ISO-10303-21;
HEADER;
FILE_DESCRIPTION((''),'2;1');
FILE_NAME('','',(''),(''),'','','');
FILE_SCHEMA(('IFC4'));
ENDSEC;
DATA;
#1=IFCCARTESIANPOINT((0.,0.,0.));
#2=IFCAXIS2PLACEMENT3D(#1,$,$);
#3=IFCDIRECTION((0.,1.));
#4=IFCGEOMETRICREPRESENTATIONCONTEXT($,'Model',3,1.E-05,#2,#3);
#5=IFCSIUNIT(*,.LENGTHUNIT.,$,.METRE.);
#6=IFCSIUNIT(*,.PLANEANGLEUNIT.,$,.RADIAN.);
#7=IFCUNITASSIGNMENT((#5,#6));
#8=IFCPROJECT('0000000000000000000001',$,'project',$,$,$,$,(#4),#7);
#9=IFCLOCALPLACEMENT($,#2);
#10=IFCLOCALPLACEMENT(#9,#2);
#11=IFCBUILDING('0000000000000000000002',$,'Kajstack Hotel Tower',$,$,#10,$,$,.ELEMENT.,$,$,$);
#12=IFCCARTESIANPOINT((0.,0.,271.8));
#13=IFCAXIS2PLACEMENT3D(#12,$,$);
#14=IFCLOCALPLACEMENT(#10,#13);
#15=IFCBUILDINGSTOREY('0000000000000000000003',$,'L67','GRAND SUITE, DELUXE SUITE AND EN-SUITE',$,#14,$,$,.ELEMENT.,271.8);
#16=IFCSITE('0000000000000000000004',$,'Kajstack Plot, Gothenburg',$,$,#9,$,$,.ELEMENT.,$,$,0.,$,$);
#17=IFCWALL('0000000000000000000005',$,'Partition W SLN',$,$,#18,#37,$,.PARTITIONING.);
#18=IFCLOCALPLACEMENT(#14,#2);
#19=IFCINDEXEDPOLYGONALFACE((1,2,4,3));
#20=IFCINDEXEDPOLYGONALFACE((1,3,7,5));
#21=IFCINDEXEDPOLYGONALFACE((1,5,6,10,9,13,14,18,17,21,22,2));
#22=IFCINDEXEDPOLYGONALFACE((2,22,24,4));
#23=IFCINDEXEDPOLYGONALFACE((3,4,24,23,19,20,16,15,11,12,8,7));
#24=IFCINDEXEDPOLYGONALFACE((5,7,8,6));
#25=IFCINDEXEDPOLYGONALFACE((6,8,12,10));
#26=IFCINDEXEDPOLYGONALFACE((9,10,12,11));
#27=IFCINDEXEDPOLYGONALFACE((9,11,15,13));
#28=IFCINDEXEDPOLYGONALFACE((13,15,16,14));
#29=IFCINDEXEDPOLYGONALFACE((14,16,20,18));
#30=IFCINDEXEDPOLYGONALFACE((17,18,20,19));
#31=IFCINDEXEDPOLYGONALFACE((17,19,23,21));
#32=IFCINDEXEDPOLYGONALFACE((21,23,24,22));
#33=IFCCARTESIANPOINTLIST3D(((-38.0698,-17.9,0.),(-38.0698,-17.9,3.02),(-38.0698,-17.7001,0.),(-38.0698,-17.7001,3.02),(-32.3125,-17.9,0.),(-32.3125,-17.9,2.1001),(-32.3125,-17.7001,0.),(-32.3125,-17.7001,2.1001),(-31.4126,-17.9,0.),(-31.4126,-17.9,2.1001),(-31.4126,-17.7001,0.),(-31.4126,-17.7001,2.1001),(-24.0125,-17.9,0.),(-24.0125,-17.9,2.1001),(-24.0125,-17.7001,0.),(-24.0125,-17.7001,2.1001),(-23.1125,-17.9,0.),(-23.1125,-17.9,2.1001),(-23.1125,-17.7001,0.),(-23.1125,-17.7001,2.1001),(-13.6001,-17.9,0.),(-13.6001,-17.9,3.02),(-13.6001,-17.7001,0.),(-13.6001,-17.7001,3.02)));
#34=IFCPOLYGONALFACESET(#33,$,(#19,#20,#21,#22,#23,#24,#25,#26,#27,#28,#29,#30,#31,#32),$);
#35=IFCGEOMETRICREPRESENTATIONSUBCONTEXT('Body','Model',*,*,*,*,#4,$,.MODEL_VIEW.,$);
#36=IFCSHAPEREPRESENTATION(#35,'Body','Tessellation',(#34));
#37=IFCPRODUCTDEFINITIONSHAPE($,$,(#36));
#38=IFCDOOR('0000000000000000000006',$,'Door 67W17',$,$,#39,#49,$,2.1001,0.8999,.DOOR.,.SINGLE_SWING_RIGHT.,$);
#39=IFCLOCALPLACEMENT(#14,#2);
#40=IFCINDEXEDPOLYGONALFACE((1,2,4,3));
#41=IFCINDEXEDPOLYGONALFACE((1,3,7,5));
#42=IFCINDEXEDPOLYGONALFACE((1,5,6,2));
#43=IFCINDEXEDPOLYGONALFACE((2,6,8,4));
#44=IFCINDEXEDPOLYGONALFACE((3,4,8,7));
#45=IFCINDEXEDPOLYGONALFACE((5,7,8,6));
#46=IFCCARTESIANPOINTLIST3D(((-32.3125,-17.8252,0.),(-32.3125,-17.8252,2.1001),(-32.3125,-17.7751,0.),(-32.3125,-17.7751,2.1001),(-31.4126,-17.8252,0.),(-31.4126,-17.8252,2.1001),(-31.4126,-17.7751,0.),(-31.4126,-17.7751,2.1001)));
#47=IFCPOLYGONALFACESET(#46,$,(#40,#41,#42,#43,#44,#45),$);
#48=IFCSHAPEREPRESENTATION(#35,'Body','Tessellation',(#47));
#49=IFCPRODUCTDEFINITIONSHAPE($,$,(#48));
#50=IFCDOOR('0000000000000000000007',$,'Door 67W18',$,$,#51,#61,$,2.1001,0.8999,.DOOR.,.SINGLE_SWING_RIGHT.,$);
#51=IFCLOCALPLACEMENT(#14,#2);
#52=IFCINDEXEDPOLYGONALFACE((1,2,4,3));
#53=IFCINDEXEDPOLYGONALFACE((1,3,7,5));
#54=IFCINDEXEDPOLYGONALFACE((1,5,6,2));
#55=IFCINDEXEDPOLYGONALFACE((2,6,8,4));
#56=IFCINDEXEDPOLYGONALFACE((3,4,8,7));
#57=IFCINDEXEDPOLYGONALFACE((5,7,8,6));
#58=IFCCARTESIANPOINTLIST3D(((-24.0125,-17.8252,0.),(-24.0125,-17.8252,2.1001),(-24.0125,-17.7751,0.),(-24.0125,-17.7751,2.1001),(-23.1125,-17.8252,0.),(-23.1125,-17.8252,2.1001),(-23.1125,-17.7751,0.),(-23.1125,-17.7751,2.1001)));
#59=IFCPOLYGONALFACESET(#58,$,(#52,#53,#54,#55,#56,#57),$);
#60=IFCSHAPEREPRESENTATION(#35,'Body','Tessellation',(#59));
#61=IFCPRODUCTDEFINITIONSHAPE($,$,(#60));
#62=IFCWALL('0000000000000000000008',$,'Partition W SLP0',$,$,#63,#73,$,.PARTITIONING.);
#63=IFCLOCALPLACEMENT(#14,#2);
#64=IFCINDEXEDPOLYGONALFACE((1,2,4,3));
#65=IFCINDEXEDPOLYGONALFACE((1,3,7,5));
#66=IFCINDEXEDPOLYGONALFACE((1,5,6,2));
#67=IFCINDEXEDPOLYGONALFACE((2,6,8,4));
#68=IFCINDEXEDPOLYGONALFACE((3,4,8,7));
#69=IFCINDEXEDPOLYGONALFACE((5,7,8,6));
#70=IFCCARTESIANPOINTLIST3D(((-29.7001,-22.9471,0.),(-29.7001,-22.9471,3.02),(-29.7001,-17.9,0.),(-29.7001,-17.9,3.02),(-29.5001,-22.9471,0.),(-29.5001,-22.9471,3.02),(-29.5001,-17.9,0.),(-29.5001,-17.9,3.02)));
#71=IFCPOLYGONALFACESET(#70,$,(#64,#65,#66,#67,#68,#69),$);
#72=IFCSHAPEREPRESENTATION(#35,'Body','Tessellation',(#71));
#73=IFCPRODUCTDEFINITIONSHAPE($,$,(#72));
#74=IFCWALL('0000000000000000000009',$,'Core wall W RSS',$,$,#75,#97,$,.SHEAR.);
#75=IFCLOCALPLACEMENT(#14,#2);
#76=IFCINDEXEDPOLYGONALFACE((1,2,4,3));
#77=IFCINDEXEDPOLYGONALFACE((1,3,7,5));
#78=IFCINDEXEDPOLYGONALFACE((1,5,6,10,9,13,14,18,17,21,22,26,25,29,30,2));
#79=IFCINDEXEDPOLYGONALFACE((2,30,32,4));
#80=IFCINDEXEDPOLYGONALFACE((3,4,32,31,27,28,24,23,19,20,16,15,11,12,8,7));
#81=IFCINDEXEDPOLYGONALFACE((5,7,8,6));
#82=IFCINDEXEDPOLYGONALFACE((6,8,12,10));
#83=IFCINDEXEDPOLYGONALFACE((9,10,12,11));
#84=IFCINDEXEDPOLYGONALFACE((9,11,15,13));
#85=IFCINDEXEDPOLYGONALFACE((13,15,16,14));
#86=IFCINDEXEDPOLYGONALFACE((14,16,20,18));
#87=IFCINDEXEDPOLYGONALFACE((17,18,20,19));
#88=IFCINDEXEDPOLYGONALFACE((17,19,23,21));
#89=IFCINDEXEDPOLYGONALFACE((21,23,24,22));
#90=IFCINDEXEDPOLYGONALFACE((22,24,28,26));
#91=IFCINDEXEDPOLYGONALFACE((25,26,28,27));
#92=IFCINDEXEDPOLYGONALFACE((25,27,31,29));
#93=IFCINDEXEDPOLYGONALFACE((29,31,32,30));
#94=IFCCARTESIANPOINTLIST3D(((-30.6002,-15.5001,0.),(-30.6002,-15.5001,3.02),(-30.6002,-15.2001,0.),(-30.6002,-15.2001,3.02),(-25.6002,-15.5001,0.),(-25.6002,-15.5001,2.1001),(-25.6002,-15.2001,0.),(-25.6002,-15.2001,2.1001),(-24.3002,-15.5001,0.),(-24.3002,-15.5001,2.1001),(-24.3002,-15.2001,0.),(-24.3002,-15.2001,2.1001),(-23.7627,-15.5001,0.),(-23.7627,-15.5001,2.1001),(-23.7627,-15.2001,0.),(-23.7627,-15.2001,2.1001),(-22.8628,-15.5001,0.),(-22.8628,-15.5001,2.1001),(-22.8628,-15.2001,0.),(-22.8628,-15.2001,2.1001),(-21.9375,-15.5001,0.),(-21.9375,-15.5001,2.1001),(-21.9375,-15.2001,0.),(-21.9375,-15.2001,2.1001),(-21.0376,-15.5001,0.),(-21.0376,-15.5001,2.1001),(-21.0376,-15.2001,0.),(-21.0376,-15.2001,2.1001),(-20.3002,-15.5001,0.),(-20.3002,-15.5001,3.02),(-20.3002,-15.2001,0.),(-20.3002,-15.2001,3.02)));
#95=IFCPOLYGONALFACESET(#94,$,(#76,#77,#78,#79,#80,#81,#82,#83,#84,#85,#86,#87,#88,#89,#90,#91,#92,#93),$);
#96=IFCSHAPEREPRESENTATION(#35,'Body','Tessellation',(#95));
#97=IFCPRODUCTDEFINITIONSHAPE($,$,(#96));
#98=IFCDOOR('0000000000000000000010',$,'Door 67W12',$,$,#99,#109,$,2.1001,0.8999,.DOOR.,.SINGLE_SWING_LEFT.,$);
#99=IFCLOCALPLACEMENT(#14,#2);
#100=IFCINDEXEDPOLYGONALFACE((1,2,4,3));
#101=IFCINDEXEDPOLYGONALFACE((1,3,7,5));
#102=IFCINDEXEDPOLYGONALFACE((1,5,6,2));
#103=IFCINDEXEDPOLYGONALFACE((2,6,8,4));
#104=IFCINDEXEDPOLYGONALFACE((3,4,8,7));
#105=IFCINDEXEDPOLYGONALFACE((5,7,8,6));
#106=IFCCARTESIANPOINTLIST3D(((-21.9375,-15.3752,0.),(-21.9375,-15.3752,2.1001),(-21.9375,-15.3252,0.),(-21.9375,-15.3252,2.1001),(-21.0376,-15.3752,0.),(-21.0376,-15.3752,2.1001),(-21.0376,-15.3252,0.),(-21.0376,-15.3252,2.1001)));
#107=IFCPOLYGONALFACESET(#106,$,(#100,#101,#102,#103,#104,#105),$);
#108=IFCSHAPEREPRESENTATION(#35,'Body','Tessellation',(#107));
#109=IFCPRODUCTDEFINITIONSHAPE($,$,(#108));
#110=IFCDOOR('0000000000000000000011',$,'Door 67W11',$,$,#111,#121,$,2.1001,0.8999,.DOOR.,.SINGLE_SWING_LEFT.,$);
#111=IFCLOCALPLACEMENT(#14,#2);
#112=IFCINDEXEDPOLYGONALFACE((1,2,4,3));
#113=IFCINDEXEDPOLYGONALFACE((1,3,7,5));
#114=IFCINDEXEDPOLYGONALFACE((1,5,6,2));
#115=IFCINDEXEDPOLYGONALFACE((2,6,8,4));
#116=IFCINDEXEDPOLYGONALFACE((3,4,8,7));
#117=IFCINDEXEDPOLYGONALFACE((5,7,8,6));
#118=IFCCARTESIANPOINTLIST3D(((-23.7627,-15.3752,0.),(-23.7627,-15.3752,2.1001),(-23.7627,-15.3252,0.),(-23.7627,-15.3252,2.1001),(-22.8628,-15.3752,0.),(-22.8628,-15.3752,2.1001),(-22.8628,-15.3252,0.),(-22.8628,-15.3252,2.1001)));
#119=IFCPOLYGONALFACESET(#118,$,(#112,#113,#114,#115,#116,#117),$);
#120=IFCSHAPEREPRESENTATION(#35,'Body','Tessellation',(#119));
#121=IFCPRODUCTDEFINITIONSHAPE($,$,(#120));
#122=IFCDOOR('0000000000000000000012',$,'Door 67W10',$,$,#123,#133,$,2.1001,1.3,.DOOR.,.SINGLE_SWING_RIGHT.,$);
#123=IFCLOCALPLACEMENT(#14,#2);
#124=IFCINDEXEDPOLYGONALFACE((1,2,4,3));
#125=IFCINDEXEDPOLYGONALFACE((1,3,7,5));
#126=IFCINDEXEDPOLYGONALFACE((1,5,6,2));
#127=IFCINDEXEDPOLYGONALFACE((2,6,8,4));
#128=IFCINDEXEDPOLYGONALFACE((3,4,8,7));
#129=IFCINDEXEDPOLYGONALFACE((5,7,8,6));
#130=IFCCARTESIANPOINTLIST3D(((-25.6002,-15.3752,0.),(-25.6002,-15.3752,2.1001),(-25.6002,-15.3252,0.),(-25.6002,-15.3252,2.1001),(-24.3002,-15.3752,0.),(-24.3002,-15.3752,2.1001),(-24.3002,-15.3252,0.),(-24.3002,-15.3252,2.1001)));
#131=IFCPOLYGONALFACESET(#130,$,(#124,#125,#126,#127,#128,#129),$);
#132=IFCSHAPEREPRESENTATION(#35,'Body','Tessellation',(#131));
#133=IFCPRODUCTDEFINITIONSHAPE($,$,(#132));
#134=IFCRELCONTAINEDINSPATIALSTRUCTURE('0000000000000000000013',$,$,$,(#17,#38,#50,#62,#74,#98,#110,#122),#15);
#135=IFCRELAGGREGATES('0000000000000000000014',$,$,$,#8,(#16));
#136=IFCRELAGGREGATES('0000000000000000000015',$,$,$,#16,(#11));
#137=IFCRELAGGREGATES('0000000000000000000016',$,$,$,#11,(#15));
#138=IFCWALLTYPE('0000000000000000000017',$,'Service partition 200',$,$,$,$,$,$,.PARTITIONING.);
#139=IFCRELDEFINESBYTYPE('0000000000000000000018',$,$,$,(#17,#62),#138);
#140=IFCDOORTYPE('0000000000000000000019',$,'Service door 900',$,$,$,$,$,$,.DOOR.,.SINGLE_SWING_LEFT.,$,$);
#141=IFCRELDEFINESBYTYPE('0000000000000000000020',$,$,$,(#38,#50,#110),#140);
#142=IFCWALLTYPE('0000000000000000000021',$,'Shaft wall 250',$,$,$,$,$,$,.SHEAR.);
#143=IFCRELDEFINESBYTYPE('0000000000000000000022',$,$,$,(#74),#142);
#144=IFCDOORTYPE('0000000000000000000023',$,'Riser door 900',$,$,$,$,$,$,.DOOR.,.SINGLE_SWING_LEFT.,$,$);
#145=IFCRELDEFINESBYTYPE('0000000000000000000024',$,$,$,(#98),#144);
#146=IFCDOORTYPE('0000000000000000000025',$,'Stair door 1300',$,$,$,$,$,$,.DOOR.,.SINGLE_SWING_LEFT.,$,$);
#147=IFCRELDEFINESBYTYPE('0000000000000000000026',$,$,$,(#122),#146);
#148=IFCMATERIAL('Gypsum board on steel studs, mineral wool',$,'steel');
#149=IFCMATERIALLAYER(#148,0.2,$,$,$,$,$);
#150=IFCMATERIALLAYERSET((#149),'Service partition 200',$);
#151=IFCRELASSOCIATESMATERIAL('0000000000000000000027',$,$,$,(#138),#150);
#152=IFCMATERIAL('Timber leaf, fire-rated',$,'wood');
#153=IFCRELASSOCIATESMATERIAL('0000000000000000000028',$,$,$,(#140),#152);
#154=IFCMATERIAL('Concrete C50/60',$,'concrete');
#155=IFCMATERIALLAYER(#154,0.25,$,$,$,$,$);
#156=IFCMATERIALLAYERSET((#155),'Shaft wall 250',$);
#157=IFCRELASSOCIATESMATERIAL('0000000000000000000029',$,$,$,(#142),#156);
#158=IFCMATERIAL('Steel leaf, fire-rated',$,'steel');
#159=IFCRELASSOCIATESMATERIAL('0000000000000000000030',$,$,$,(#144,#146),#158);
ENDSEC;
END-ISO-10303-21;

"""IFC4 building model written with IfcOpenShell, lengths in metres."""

from ifc_helpers import new_model, si_unit, direction, frame, frame_2d, origin, place, context, subcontext, project, spatial, rectangle, extrude, material, layer, layer_set, type_object, element, fill, save


model = new_model("IFC4")

# Units and contexts
model_context = context("Model", 3, precision=1e-05, world=origin(), true_north=direction((0.0, 1.0)))
body_context = subcontext(model_context, "Body", "Model", "MODEL_VIEW")
ifc_project = project(units=[si_unit("LENGTHUNIT", "METRE"), si_unit("PLANEANGLEUNIT", "RADIAN")], contexts=[model_context])

# Site, building, storey
site_placement = place(None, origin())
site = spatial("IfcSite", under=ifc_project, at=site_placement, Name="Kajstack Plot, Gothenburg", CompositionType="ELEMENT", RefElevation=0.0)
building_placement = place(site_placement, origin())
building = spatial("IfcBuilding", under=site, at=building_placement, Name="Kajstack Hotel Tower", CompositionType="ELEMENT")
storey_placement = place(building_placement, frame((0.0, 0.0, 271.8)))
storey = spatial("IfcBuildingStorey", under=building, at=storey_placement, Name="L67", Description="GRAND SUITE, DELUXE SUITE AND EN-SUITE", CompositionType="ELEMENT", Elevation=271.8)

# Shared definitions
ifc_material_1 = material(Name="Gypsum board on steel studs, mineral wool", Category="steel")
ifc_layer_1 = layer(ifc_material_1, 0.2)
ifc_layer_set_1 = layer_set([ifc_layer_1], Name="Service partition 200")
wall_type_1 = type_object("IfcWallType", Name="Service partition 200", PredefinedType="PARTITIONING", material=ifc_layer_set_1)
ifc_material_2 = material(Name="Timber leaf, fire-rated", Category="wood")
door_type_1 = type_object("IfcDoorType", Name="Service door 900", OperationType="SINGLE_SWING_LEFT", PredefinedType="DOOR", material=ifc_material_2)

# Wall, openings, doors
wall_1_placement = place(storey_placement, frame((-38.0698, -17.8, 0.0), z_axis=(0.0, 0.0, 1.0), x_axis=(1.0, 0.0, 0.0)))
wall_1 = element("IfcWall", 1, at=wall_1_placement, inside=storey, type_object=wall_type_1, Name="Partition W SLN", PredefinedType="PARTITIONING", context=body_context, shape_type="SweptSolid", body=[
    extrude(rectangle(XDim=24.4697, YDim=0.2, at=frame_2d((12.2349, 0.0))), origin(), (0.0, 0.0, 1.0), 3.02),
])
opening_1_placement = place(wall_1_placement, frame((5.7573, 0.0, 0.0)))
opening_1 = element("IfcOpeningElement", 2, at=opening_1_placement, cuts=wall_1, PredefinedType="OPENING", context=body_context, shape_type="SweptSolid", body=[
    extrude(rectangle(XDim=0.8999, YDim=2.1001, at=frame_2d((0.45, 1.05))), frame((0.0, 0.1099, 0.0), z_axis=(0.0, -1.0, 0.0), x_axis=(1.0, 0.0, 0.0)), (0.0, 0.0, 1.0), 0.22),
])
opening_2_placement = place(wall_1_placement, frame((14.0574, 0.0, 0.0)))
opening_2 = element("IfcOpeningElement", 3, at=opening_2_placement, cuts=wall_1, PredefinedType="OPENING", context=body_context, shape_type="SweptSolid", body=[
    extrude(rectangle(XDim=0.8999, YDim=2.1001, at=frame_2d((0.45, 1.05))), frame((0.0, 0.1099, 0.0), z_axis=(0.0, -1.0, 0.0), x_axis=(1.0, 0.0, 0.0)), (0.0, 0.0, 1.0), 0.22),
])
door_1_placement = place(opening_1_placement, origin())
door_1 = element("IfcDoor", 4, at=door_1_placement, inside=storey, type_object=door_type_1, Name="Door 67W17", OperationType="SINGLE_SWING_RIGHT", OverallHeight=2.1001, OverallWidth=0.8999, PredefinedType="DOOR", context=body_context, shape_type="SweptSolid", body=[
    extrude(rectangle(XDim=0.8999, YDim=2.1001, at=frame_2d((0.45, 1.05))), frame((0.0, 0.0249, 0.0), z_axis=(0.0, -1.0, 0.0), x_axis=(1.0, 0.0, 0.0)), (0.0, 0.0, 1.0), 0.05),
])
fill(opening_1, door_1)
door_2_placement = place(opening_2_placement, origin())
door_2 = element("IfcDoor", 5, at=door_2_placement, inside=storey, type_object=door_type_1, Name="Door 67W18", OperationType="SINGLE_SWING_RIGHT", OverallHeight=2.1001, OverallWidth=0.8999, PredefinedType="DOOR", context=body_context, shape_type="SweptSolid", body=[
    extrude(rectangle(XDim=0.8999, YDim=2.1001, at=frame_2d((0.45, 1.05))), frame((0.0, 0.0249, 0.0), z_axis=(0.0, -1.0, 0.0), x_axis=(1.0, 0.0, 0.0)), (0.0, 0.0, 1.0), 0.05),
])
fill(opening_2, door_2)

# Wall
wall_2_placement = place(storey_placement, frame((-29.6001, -22.947, 0.0), z_axis=(0.0, 0.0, 1.0), x_axis=(0.0, 1.0, 0.0)))
element("IfcWall", 6, at=wall_2_placement, inside=storey, type_object=wall_type_1, Name="Partition W SLP0", PredefinedType="PARTITIONING", context=body_context, shape_type="SweptSolid", body=[
    extrude(rectangle(XDim=5.0471, YDim=0.2, at=frame_2d((2.5234, 0.0))), origin(), (0.0, 0.0, 1.0), 3.02),
])

# Wall, openings, doors
ifc_material_3 = material(Name="Concrete C50/60", Category="concrete")
ifc_layer_2 = layer(ifc_material_3, 0.25)
ifc_layer_set_2 = layer_set([ifc_layer_2], Name="Shaft wall 250")
wall_type_2 = type_object("IfcWallType", Name="Shaft wall 250", PredefinedType="SHEAR", material=ifc_layer_set_2)
wall_3_placement = place(storey_placement, frame((-30.6001, -15.3501, 0.0), z_axis=(0.0, 0.0, 1.0), x_axis=(1.0, 0.0, 0.0)))
wall_3 = element("IfcWall", 7, at=wall_3_placement, inside=storey, type_object=wall_type_2, Name="Core wall W RSS", PredefinedType="SHEAR", context=body_context, shape_type="SweptSolid", body=[
    extrude(rectangle(XDim=10.3, YDim=0.3, at=frame_2d((5.1499, 0.0))), origin(), (0.0, 0.0, 1.0), 3.02),
])
opening_3_placement = place(wall_3_placement, frame((5.0, 0.0, 0.0)))
opening_3 = element("IfcOpeningElement", 8, at=opening_3_placement, cuts=wall_3, PredefinedType="OPENING", context=body_context, shape_type="SweptSolid", body=[
    extrude(rectangle(XDim=1.3, YDim=2.1001, at=frame_2d((0.6499, 1.05))), frame((0.0, 0.1599, 0.0), z_axis=(0.0, -1.0, 0.0), x_axis=(1.0, 0.0, 0.0)), (0.0, 0.0, 1.0), 0.3201),
])
opening_4_placement = place(wall_3_placement, frame((6.8374, 0.0, 0.0)))
opening_4 = element("IfcOpeningElement", 9, at=opening_4_placement, cuts=wall_3, PredefinedType="OPENING", context=body_context, shape_type="SweptSolid", body=[
    extrude(rectangle(XDim=0.8999, YDim=2.1001, at=frame_2d((0.45, 1.05))), frame((0.0, 0.1599, 0.0), z_axis=(0.0, -1.0, 0.0), x_axis=(1.0, 0.0, 0.0)), (0.0, 0.0, 1.0), 0.3201),
])
opening_5_placement = place(wall_3_placement, frame((8.6626, 0.0, 0.0)))
opening_5 = element("IfcOpeningElement", 10, at=opening_5_placement, cuts=wall_3, PredefinedType="OPENING", context=body_context, shape_type="SweptSolid", body=[
    extrude(rectangle(XDim=0.8999, YDim=2.1001, at=frame_2d((0.45, 1.05))), frame((0.0, 0.1599, 0.0), z_axis=(0.0, -1.0, 0.0), x_axis=(1.0, 0.0, 0.0)), (0.0, 0.0, 1.0), 0.3201),
])
ifc_material_4 = material(Name="Steel leaf, fire-rated", Category="steel")
door_type_2 = type_object("IfcDoorType", Name="Riser door 900", OperationType="SINGLE_SWING_LEFT", PredefinedType="DOOR", material=ifc_material_4)
door_3_placement = place(opening_5_placement, origin())
door_3 = element("IfcDoor", 11, at=door_3_placement, inside=storey, type_object=door_type_2, Name="Door 67W12", OperationType="SINGLE_SWING_LEFT", OverallHeight=2.1001, OverallWidth=0.8999, PredefinedType="DOOR", context=body_context, shape_type="SweptSolid", body=[
    extrude(rectangle(XDim=0.8999, YDim=2.1001, at=frame_2d((0.45, 1.05))), frame((0.0, 0.0249, 0.0), z_axis=(0.0, -1.0, 0.0), x_axis=(1.0, 0.0, 0.0)), (0.0, 0.0, 1.0), 0.05),
])
fill(opening_5, door_3)
door_4_placement = place(opening_4_placement, origin())
door_4 = element("IfcDoor", 12, at=door_4_placement, inside=storey, type_object=door_type_1, Name="Door 67W11", OperationType="SINGLE_SWING_LEFT", OverallHeight=2.1001, OverallWidth=0.8999, PredefinedType="DOOR", context=body_context, shape_type="SweptSolid", body=[
    extrude(rectangle(XDim=0.8999, YDim=2.1001, at=frame_2d((0.45, 1.05))), frame((0.0, 0.0249, 0.0), z_axis=(0.0, -1.0, 0.0), x_axis=(1.0, 0.0, 0.0)), (0.0, 0.0, 1.0), 0.05),
])
fill(opening_4, door_4)
door_type_3 = type_object("IfcDoorType", Name="Stair door 1300", OperationType="SINGLE_SWING_LEFT", PredefinedType="DOOR", material=ifc_material_4)
door_5_placement = place(opening_3_placement, origin())
door_5 = element("IfcDoor", 13, at=door_5_placement, inside=storey, type_object=door_type_3, Name="Door 67W10", OperationType="SINGLE_SWING_RIGHT", OverallHeight=2.1001, OverallWidth=1.3, PredefinedType="DOOR", context=body_context, shape_type="SweptSolid", body=[
    extrude(rectangle(XDim=1.3, YDim=2.1001, at=frame_2d((0.6499, 1.05))), frame((0.0, 0.0249, 0.0), z_axis=(0.0, -1.0, 0.0), x_axis=(1.0, 0.0, 0.0)), (0.0, 0.0, 1.0), 0.05),
])
fill(opening_3, door_5)

save(model, "model.ifc")
